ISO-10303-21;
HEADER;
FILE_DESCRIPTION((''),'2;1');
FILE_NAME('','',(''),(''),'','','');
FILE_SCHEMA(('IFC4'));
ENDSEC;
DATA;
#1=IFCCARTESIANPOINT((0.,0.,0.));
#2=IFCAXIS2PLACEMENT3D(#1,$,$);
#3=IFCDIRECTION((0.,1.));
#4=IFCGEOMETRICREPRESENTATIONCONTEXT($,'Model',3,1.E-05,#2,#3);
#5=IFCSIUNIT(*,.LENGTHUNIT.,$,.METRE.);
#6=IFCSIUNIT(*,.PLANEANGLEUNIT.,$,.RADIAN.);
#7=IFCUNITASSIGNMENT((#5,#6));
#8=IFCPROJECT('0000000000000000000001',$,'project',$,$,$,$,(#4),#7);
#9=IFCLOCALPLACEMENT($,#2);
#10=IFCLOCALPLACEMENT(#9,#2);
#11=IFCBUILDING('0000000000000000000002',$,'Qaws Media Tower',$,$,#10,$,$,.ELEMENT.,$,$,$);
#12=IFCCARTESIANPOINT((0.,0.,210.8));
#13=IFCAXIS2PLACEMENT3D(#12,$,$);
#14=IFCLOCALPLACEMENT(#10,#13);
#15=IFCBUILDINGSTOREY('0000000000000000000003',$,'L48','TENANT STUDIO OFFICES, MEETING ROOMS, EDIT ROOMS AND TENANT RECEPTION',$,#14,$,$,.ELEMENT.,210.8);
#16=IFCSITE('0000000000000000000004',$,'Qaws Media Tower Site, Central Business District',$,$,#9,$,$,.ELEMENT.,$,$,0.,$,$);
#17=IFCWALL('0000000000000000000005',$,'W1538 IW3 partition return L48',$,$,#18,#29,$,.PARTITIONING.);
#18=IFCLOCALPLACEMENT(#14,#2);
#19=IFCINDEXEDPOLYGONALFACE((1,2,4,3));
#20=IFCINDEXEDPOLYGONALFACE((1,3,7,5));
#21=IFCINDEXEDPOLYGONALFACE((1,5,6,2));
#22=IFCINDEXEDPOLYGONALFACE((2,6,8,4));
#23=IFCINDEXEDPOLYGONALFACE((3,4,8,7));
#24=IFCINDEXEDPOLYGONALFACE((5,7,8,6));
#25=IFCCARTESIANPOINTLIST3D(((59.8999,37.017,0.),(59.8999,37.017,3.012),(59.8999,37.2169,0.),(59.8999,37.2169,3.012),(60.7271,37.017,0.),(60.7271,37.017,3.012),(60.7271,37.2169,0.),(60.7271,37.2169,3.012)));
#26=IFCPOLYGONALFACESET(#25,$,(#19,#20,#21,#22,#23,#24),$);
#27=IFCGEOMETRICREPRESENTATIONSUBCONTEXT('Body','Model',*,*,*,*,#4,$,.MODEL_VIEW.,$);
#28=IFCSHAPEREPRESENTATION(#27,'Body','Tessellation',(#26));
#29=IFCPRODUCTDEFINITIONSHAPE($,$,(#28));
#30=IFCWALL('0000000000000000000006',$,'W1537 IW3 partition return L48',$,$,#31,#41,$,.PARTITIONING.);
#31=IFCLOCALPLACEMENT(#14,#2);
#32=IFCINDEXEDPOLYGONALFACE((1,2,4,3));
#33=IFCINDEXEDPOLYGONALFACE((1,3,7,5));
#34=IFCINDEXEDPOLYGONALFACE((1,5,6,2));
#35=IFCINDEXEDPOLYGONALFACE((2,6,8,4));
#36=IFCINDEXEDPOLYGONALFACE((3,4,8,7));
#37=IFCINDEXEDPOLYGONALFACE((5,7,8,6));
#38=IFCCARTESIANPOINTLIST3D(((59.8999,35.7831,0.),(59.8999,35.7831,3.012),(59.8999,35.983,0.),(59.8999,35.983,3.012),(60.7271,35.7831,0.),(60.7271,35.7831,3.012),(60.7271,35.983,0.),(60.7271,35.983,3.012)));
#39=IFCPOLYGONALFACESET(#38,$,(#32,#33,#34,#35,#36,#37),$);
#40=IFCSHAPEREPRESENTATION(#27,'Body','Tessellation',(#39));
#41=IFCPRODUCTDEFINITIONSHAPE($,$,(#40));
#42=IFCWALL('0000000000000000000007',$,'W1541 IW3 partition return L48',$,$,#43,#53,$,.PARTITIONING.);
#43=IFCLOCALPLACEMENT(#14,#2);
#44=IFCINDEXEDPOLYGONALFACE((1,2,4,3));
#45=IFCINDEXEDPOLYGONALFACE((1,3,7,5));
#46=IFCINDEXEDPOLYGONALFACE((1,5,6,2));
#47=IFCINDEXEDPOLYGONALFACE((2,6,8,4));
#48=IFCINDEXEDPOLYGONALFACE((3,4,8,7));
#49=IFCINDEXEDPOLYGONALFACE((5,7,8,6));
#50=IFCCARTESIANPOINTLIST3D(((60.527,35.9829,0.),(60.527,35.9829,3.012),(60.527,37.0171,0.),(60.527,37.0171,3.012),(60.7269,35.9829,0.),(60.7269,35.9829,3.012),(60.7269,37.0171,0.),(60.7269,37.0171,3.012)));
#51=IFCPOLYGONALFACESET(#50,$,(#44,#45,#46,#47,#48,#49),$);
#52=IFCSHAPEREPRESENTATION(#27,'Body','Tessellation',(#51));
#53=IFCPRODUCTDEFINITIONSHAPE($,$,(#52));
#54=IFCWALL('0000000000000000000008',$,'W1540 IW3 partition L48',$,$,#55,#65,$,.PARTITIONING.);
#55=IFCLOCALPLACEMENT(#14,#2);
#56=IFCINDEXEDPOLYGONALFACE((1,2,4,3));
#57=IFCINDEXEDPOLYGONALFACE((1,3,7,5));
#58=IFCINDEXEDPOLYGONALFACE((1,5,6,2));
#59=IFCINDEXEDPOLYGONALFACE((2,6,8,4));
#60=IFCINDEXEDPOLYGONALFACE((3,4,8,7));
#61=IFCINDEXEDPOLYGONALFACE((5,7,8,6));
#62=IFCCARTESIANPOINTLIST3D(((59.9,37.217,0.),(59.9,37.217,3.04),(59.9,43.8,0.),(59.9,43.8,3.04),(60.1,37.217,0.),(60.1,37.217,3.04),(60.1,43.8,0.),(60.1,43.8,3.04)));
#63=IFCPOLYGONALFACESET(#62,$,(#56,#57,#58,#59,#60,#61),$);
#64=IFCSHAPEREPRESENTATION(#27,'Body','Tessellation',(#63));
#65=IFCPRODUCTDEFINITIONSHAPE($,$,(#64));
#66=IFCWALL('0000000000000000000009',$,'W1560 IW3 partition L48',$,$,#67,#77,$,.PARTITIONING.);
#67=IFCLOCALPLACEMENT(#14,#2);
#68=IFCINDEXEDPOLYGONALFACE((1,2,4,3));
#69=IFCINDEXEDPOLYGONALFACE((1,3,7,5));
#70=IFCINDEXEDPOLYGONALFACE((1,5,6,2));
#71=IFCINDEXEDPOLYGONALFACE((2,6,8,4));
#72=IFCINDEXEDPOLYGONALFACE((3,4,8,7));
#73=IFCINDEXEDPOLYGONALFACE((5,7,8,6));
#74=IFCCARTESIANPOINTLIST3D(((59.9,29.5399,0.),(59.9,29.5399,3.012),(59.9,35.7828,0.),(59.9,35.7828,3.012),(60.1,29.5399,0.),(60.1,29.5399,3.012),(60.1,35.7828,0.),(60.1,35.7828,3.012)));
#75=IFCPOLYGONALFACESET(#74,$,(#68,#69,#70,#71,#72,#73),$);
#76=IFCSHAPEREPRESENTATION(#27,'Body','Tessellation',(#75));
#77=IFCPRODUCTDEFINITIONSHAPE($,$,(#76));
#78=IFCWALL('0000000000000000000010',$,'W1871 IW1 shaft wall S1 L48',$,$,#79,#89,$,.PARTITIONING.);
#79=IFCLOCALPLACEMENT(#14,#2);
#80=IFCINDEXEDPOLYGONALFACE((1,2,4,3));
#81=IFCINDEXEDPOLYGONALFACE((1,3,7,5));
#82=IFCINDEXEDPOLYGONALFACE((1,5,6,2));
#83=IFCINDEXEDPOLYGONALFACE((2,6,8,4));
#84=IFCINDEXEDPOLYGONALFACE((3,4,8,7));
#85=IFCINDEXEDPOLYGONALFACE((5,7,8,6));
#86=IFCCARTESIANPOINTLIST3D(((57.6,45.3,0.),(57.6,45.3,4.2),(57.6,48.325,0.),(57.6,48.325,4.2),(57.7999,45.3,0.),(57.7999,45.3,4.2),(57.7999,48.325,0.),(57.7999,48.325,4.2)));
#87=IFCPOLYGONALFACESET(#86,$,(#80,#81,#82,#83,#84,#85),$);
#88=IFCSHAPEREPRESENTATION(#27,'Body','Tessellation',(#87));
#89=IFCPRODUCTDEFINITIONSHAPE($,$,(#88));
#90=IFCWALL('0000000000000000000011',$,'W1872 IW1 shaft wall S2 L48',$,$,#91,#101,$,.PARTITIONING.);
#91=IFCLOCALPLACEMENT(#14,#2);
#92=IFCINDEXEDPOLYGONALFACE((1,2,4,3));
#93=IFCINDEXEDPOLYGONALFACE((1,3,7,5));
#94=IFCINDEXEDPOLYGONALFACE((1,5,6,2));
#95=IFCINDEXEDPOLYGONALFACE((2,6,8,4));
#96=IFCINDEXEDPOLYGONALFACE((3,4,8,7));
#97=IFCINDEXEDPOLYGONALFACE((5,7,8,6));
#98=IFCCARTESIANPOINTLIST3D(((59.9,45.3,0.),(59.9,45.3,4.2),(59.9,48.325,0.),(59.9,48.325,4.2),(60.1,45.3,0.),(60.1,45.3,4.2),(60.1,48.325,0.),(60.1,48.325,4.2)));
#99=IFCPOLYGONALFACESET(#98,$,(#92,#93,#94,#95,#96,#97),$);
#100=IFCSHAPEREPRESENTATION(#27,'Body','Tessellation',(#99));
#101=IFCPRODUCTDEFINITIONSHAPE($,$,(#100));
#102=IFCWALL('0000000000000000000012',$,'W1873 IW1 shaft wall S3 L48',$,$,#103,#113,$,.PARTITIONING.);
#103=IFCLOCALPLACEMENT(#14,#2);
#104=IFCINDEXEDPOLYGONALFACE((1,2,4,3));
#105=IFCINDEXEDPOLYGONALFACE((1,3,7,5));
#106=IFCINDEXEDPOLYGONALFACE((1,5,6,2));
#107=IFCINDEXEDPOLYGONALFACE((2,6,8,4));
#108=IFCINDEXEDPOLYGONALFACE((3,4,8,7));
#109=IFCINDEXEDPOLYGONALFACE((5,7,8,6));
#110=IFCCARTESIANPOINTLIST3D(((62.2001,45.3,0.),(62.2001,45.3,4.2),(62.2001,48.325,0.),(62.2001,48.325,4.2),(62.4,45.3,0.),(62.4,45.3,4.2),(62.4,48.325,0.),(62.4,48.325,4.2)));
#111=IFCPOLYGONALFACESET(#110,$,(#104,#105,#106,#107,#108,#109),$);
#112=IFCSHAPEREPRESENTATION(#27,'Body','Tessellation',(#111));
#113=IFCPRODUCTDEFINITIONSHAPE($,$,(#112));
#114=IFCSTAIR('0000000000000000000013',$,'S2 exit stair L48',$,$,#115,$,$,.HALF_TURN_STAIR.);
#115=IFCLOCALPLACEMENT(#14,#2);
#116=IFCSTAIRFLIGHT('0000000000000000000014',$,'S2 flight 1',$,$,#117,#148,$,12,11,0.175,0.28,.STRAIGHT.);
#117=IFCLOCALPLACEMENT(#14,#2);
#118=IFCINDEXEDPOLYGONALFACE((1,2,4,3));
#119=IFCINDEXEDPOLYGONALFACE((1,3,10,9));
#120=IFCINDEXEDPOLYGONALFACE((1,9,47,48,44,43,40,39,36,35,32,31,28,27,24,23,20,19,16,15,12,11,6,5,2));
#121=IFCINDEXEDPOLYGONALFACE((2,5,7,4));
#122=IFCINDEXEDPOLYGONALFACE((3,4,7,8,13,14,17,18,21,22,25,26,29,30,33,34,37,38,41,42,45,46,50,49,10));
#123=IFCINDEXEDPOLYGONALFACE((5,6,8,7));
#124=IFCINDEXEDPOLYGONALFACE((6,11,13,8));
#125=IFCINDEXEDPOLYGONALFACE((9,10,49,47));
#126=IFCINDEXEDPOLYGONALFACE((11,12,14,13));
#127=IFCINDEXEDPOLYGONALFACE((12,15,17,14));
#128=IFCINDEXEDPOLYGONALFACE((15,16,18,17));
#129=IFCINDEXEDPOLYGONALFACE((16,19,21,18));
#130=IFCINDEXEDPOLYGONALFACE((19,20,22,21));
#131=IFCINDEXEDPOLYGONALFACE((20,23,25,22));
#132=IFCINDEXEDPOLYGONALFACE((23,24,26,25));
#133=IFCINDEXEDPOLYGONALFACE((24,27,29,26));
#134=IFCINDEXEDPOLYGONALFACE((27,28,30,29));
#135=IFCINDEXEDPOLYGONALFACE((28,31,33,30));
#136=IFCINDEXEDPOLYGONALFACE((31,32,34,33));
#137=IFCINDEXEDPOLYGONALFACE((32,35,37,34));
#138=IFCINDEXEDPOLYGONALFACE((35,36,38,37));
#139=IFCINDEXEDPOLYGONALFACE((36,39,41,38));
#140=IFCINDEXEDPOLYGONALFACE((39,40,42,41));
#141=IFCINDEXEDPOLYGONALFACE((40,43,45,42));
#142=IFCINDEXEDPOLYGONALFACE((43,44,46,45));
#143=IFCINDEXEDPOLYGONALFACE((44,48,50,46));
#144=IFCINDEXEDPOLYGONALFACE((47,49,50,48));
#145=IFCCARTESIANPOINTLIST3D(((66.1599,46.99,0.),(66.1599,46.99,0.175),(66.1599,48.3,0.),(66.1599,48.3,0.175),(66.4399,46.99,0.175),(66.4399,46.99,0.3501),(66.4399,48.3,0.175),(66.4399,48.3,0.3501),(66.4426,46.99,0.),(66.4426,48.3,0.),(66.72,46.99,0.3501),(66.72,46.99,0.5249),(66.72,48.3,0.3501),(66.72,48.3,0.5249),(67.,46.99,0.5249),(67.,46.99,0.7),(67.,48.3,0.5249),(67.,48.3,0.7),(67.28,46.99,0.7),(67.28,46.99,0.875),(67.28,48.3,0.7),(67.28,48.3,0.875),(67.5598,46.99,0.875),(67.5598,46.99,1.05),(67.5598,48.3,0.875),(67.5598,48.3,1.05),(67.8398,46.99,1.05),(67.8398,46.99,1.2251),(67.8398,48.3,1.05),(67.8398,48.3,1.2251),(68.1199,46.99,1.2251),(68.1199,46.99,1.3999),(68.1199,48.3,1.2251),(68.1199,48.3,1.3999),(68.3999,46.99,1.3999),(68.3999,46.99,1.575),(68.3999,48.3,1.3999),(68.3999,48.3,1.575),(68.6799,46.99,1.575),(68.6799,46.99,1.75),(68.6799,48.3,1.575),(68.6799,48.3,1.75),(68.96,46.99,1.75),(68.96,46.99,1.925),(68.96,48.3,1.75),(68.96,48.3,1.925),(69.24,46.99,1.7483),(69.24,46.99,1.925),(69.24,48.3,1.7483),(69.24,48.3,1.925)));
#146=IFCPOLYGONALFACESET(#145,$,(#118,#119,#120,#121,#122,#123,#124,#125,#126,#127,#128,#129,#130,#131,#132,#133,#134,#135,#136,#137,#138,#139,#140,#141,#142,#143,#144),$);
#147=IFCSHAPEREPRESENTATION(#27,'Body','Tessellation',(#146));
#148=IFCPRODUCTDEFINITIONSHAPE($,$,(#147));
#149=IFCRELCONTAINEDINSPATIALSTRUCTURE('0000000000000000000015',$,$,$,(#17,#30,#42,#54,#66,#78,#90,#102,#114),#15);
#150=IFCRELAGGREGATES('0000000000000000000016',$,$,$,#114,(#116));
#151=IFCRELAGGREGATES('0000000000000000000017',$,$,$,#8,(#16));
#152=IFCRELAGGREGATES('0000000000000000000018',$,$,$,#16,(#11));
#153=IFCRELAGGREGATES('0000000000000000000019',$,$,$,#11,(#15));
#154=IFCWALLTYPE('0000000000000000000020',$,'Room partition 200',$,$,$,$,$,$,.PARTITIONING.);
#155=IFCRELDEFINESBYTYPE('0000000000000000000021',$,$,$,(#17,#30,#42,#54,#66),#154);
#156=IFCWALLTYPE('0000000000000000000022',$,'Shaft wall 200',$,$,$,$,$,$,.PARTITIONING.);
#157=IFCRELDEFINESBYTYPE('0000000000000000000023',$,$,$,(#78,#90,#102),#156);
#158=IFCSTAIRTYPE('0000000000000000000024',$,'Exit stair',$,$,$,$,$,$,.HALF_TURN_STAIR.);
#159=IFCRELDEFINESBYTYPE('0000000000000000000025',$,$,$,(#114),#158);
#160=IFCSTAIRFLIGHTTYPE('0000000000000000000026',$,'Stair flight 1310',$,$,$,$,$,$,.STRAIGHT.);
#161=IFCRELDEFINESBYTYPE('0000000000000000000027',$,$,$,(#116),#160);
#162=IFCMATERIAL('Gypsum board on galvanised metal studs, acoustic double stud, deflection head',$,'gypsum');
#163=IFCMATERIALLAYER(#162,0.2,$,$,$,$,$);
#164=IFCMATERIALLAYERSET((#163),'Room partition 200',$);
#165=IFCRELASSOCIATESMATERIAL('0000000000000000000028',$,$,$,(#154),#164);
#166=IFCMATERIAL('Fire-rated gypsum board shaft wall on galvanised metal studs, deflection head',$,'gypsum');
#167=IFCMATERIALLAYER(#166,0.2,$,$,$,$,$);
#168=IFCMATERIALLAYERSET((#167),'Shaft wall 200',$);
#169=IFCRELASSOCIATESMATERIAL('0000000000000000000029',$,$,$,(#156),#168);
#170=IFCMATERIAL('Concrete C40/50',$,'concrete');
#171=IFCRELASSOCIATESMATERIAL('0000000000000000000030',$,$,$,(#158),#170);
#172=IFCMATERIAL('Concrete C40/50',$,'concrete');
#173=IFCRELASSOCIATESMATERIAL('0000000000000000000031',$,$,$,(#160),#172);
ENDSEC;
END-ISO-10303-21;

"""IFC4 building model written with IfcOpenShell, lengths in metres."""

from ifc_helpers import new_model, si_unit, direction, frame, frame_2d, origin, place, context, subcontext, project, spatial, polyline, rectangle, outline, extrude, material, layer, layer_set, type_object, element, aggregate, save


model = new_model("IFC4")

# Units and contexts
model_context = context("Model", 3, precision=1e-05, world=origin(), true_north=direction((0.0, 1.0)))
body_context = subcontext(model_context, "Body", "Model", "MODEL_VIEW")
ifc_project = project(units=[si_unit("LENGTHUNIT", "METRE"), si_unit("PLANEANGLEUNIT", "RADIAN")], contexts=[model_context])

# Site, building, storey
site_placement = place(None, origin())
site = spatial("IfcSite", under=ifc_project, at=site_placement, Name="Qaws Media Tower Site, Central Business District", CompositionType="ELEMENT", RefElevation=0.0)
building_placement = place(site_placement, origin())
building = spatial("IfcBuilding", under=site, at=building_placement, Name="Qaws Media Tower", CompositionType="ELEMENT")
storey_placement = place(building_placement, frame((0.0, 0.0, 210.8)))
storey = spatial("IfcBuildingStorey", under=building, at=storey_placement, Name="L48", Description="TENANT STUDIO OFFICES, MEETING ROOMS, EDIT ROOMS AND TENANT RECEPTION", CompositionType="ELEMENT", Elevation=210.8)

# Walls
ifc_material_1 = material(Name="Gypsum board on galvanised metal studs, acoustic double stud, deflection head", Category="gypsum")
ifc_layer_1 = layer(ifc_material_1, 0.2)
ifc_layer_set_1 = layer_set([ifc_layer_1], Name="Room partition 200")
wall_type_1 = type_object("IfcWallType", Name="Room partition 200", PredefinedType="PARTITIONING", material=ifc_layer_set_1)
for number, where, z_axis, x_axis, name in (
    (1, (59.8999, 37.1169, 0.0), (0.0, 0.0, 1.0), (1.0, 0.0, 0.0), "W1538 IW3 partition return L48"),
    (2, (59.8999, 35.8831, 0.0), (0.0, 0.0, 1.0), (1.0, 0.0, 0.0), "W1537 IW3 partition return L48"),
):
    element("IfcWall", number, at=place(storey_placement, frame(where, z_axis=z_axis, x_axis=x_axis)), inside=storey, type_object=wall_type_1, Name=name, PredefinedType="PARTITIONING", context=body_context, shape_type="SweptSolid", body=[
        extrude(rectangle(XDim=0.8271, YDim=0.2, at=frame_2d((0.4136, 0.0))), origin(), (0.0, 0.0, 1.0), 3.012),
    ])
wall_1_placement = place(storey_placement, frame((60.627, 37.0171, 0.0), z_axis=(0.0, 0.0, 1.0), x_axis=(0.0, -1.0, 0.0)))
element("IfcWall", 3, at=wall_1_placement, inside=storey, type_object=wall_type_1, Name="W1541 IW3 partition return L48", PredefinedType="PARTITIONING", context=body_context, shape_type="SweptSolid", body=[
    extrude(rectangle(XDim=1.0342, YDim=0.2, at=frame_2d((0.5171, 0.0))), origin(), (0.0, 0.0, 1.0), 3.012),
])
wall_2_placement = place(storey_placement, frame((60.0, 43.8, 0.0), z_axis=(0.0, 0.0, 1.0), x_axis=(0.0, -1.0, 0.0)))
element("IfcWall", 4, at=wall_2_placement, inside=storey, type_object=wall_type_1, Name="W1540 IW3 partition L48", PredefinedType="PARTITIONING", context=body_context, shape_type="SweptSolid", body=[
    extrude(rectangle(XDim=6.583, YDim=0.2, at=frame_2d((3.2915, 0.0))), origin(), (0.0, 0.0, 1.0), 3.04),
])
wall_3_placement = place(storey_placement, frame((60.0, 35.783, 0.0), z_axis=(0.0, 0.0, 1.0), x_axis=(0.0, -1.0, 0.0)))
element("IfcWall", 5, at=wall_3_placement, inside=storey, type_object=wall_type_1, Name="W1560 IW3 partition L48", PredefinedType="PARTITIONING", context=body_context, shape_type="SweptSolid", body=[
    extrude(rectangle(XDim=6.2429, YDim=0.2, at=frame_2d((3.1216, 0.0))), origin(), (0.0, 0.0, 1.0), 3.012),
])
ifc_material_2 = material(Name="Fire-rated gypsum board shaft wall on galvanised metal studs, deflection head", Category="gypsum")
ifc_layer_2 = layer(ifc_material_2, 0.2)
ifc_layer_set_2 = layer_set([ifc_layer_2], Name="Shaft wall 200")
wall_type_2 = type_object("IfcWallType", Name="Shaft wall 200", PredefinedType="PARTITIONING", material=ifc_layer_set_2)
for number, where, z_axis, x_axis, name in (
    (6, (57.7, 45.3, 0.0), (0.0, 0.0, 1.0), (0.0, 1.0, 0.0), "W1871 IW1 shaft wall S1 L48"),
    (7, (60.0, 45.3, 0.0), (0.0, 0.0, 1.0), (0.0, 1.0, 0.0), "W1872 IW1 shaft wall S2 L48"),
    (8, (62.3, 45.3, 0.0), (0.0, 0.0, 1.0), (0.0, 1.0, 0.0), "W1873 IW1 shaft wall S3 L48"),
):
    element("IfcWall", number, at=place(storey_placement, frame(where, z_axis=z_axis, x_axis=x_axis)), inside=storey, type_object=wall_type_2, Name=name, PredefinedType="PARTITIONING", context=body_context, shape_type="SweptSolid", body=[
        extrude(rectangle(XDim=3.0249, YDim=0.2, at=frame_2d((1.5125, 0.0))), origin(), (0.0, 0.0, 1.0), 4.2),
    ])

# Stair, stair flight
ifc_material_3 = material(Name="Concrete C40/50", Category="concrete")
stair_type = type_object("IfcStairType", Name="Exit stair", PredefinedType="HALF_TURN_STAIR", material=ifc_material_3)
stair_placement = place(storey_placement, origin())
stair = element("IfcStair", 9, at=stair_placement, inside=storey, type_object=stair_type, Name="S2 exit stair L48", PredefinedType="HALF_TURN_STAIR")
ifc_material_4 = material(Name="Concrete C40/50", Category="concrete")
stair_flight_type = type_object("IfcStairFlightType", Name="Stair flight 1310", PredefinedType="STRAIGHT", material=ifc_material_4)
stair_flight_placement = place(storey_placement, frame((66.1599, 47.645, 0.0), z_axis=(0.0, 0.0, 1.0), x_axis=(1.0, 0.0, 0.0)))
stair_flight = element("IfcStairFlight", 10, at=stair_flight_placement, type_object=stair_flight_type, Name="S2 flight 1", NumberOfRisers=12, NumberOfTreads=11, PredefinedType="STRAIGHT", RiserHeight=0.175, TreadLength=0.28, context=body_context, shape_type="SweptSolid", body=[
    extrude(outline(polyline([(0.0, 0.0), (0.0, 0.175), (0.28, 0.175), (0.28, 0.3501), (0.5601, 0.3501), (0.5601, 0.5249), (0.8401, 0.5249), (0.8401, 0.7), (1.1201, 0.7), (1.1201, 0.875), (1.3999, 0.875), (1.3999, 1.05), (1.6799, 1.05), (1.6799, 1.2251), (1.96, 1.2251), (1.96, 1.3999), (2.24, 1.3999), (2.24, 1.575), (2.52, 1.575), (2.52, 1.75), (2.8, 1.75), (2.8, 1.925), (3.0801, 1.925), (3.0801, 2.1001), (3.0801, 1.7483), (0.2827, 0.0), (0.0, 0.0)])), frame((0.0, 0.655, 0.0), z_axis=(0.0, -1.0, 0.0), x_axis=(1.0, 0.0, 0.0)), (0.0, 0.0, 1.0), 1.3101),
])
aggregate(stair, [stair_flight])

save(model, "model.ifc")
